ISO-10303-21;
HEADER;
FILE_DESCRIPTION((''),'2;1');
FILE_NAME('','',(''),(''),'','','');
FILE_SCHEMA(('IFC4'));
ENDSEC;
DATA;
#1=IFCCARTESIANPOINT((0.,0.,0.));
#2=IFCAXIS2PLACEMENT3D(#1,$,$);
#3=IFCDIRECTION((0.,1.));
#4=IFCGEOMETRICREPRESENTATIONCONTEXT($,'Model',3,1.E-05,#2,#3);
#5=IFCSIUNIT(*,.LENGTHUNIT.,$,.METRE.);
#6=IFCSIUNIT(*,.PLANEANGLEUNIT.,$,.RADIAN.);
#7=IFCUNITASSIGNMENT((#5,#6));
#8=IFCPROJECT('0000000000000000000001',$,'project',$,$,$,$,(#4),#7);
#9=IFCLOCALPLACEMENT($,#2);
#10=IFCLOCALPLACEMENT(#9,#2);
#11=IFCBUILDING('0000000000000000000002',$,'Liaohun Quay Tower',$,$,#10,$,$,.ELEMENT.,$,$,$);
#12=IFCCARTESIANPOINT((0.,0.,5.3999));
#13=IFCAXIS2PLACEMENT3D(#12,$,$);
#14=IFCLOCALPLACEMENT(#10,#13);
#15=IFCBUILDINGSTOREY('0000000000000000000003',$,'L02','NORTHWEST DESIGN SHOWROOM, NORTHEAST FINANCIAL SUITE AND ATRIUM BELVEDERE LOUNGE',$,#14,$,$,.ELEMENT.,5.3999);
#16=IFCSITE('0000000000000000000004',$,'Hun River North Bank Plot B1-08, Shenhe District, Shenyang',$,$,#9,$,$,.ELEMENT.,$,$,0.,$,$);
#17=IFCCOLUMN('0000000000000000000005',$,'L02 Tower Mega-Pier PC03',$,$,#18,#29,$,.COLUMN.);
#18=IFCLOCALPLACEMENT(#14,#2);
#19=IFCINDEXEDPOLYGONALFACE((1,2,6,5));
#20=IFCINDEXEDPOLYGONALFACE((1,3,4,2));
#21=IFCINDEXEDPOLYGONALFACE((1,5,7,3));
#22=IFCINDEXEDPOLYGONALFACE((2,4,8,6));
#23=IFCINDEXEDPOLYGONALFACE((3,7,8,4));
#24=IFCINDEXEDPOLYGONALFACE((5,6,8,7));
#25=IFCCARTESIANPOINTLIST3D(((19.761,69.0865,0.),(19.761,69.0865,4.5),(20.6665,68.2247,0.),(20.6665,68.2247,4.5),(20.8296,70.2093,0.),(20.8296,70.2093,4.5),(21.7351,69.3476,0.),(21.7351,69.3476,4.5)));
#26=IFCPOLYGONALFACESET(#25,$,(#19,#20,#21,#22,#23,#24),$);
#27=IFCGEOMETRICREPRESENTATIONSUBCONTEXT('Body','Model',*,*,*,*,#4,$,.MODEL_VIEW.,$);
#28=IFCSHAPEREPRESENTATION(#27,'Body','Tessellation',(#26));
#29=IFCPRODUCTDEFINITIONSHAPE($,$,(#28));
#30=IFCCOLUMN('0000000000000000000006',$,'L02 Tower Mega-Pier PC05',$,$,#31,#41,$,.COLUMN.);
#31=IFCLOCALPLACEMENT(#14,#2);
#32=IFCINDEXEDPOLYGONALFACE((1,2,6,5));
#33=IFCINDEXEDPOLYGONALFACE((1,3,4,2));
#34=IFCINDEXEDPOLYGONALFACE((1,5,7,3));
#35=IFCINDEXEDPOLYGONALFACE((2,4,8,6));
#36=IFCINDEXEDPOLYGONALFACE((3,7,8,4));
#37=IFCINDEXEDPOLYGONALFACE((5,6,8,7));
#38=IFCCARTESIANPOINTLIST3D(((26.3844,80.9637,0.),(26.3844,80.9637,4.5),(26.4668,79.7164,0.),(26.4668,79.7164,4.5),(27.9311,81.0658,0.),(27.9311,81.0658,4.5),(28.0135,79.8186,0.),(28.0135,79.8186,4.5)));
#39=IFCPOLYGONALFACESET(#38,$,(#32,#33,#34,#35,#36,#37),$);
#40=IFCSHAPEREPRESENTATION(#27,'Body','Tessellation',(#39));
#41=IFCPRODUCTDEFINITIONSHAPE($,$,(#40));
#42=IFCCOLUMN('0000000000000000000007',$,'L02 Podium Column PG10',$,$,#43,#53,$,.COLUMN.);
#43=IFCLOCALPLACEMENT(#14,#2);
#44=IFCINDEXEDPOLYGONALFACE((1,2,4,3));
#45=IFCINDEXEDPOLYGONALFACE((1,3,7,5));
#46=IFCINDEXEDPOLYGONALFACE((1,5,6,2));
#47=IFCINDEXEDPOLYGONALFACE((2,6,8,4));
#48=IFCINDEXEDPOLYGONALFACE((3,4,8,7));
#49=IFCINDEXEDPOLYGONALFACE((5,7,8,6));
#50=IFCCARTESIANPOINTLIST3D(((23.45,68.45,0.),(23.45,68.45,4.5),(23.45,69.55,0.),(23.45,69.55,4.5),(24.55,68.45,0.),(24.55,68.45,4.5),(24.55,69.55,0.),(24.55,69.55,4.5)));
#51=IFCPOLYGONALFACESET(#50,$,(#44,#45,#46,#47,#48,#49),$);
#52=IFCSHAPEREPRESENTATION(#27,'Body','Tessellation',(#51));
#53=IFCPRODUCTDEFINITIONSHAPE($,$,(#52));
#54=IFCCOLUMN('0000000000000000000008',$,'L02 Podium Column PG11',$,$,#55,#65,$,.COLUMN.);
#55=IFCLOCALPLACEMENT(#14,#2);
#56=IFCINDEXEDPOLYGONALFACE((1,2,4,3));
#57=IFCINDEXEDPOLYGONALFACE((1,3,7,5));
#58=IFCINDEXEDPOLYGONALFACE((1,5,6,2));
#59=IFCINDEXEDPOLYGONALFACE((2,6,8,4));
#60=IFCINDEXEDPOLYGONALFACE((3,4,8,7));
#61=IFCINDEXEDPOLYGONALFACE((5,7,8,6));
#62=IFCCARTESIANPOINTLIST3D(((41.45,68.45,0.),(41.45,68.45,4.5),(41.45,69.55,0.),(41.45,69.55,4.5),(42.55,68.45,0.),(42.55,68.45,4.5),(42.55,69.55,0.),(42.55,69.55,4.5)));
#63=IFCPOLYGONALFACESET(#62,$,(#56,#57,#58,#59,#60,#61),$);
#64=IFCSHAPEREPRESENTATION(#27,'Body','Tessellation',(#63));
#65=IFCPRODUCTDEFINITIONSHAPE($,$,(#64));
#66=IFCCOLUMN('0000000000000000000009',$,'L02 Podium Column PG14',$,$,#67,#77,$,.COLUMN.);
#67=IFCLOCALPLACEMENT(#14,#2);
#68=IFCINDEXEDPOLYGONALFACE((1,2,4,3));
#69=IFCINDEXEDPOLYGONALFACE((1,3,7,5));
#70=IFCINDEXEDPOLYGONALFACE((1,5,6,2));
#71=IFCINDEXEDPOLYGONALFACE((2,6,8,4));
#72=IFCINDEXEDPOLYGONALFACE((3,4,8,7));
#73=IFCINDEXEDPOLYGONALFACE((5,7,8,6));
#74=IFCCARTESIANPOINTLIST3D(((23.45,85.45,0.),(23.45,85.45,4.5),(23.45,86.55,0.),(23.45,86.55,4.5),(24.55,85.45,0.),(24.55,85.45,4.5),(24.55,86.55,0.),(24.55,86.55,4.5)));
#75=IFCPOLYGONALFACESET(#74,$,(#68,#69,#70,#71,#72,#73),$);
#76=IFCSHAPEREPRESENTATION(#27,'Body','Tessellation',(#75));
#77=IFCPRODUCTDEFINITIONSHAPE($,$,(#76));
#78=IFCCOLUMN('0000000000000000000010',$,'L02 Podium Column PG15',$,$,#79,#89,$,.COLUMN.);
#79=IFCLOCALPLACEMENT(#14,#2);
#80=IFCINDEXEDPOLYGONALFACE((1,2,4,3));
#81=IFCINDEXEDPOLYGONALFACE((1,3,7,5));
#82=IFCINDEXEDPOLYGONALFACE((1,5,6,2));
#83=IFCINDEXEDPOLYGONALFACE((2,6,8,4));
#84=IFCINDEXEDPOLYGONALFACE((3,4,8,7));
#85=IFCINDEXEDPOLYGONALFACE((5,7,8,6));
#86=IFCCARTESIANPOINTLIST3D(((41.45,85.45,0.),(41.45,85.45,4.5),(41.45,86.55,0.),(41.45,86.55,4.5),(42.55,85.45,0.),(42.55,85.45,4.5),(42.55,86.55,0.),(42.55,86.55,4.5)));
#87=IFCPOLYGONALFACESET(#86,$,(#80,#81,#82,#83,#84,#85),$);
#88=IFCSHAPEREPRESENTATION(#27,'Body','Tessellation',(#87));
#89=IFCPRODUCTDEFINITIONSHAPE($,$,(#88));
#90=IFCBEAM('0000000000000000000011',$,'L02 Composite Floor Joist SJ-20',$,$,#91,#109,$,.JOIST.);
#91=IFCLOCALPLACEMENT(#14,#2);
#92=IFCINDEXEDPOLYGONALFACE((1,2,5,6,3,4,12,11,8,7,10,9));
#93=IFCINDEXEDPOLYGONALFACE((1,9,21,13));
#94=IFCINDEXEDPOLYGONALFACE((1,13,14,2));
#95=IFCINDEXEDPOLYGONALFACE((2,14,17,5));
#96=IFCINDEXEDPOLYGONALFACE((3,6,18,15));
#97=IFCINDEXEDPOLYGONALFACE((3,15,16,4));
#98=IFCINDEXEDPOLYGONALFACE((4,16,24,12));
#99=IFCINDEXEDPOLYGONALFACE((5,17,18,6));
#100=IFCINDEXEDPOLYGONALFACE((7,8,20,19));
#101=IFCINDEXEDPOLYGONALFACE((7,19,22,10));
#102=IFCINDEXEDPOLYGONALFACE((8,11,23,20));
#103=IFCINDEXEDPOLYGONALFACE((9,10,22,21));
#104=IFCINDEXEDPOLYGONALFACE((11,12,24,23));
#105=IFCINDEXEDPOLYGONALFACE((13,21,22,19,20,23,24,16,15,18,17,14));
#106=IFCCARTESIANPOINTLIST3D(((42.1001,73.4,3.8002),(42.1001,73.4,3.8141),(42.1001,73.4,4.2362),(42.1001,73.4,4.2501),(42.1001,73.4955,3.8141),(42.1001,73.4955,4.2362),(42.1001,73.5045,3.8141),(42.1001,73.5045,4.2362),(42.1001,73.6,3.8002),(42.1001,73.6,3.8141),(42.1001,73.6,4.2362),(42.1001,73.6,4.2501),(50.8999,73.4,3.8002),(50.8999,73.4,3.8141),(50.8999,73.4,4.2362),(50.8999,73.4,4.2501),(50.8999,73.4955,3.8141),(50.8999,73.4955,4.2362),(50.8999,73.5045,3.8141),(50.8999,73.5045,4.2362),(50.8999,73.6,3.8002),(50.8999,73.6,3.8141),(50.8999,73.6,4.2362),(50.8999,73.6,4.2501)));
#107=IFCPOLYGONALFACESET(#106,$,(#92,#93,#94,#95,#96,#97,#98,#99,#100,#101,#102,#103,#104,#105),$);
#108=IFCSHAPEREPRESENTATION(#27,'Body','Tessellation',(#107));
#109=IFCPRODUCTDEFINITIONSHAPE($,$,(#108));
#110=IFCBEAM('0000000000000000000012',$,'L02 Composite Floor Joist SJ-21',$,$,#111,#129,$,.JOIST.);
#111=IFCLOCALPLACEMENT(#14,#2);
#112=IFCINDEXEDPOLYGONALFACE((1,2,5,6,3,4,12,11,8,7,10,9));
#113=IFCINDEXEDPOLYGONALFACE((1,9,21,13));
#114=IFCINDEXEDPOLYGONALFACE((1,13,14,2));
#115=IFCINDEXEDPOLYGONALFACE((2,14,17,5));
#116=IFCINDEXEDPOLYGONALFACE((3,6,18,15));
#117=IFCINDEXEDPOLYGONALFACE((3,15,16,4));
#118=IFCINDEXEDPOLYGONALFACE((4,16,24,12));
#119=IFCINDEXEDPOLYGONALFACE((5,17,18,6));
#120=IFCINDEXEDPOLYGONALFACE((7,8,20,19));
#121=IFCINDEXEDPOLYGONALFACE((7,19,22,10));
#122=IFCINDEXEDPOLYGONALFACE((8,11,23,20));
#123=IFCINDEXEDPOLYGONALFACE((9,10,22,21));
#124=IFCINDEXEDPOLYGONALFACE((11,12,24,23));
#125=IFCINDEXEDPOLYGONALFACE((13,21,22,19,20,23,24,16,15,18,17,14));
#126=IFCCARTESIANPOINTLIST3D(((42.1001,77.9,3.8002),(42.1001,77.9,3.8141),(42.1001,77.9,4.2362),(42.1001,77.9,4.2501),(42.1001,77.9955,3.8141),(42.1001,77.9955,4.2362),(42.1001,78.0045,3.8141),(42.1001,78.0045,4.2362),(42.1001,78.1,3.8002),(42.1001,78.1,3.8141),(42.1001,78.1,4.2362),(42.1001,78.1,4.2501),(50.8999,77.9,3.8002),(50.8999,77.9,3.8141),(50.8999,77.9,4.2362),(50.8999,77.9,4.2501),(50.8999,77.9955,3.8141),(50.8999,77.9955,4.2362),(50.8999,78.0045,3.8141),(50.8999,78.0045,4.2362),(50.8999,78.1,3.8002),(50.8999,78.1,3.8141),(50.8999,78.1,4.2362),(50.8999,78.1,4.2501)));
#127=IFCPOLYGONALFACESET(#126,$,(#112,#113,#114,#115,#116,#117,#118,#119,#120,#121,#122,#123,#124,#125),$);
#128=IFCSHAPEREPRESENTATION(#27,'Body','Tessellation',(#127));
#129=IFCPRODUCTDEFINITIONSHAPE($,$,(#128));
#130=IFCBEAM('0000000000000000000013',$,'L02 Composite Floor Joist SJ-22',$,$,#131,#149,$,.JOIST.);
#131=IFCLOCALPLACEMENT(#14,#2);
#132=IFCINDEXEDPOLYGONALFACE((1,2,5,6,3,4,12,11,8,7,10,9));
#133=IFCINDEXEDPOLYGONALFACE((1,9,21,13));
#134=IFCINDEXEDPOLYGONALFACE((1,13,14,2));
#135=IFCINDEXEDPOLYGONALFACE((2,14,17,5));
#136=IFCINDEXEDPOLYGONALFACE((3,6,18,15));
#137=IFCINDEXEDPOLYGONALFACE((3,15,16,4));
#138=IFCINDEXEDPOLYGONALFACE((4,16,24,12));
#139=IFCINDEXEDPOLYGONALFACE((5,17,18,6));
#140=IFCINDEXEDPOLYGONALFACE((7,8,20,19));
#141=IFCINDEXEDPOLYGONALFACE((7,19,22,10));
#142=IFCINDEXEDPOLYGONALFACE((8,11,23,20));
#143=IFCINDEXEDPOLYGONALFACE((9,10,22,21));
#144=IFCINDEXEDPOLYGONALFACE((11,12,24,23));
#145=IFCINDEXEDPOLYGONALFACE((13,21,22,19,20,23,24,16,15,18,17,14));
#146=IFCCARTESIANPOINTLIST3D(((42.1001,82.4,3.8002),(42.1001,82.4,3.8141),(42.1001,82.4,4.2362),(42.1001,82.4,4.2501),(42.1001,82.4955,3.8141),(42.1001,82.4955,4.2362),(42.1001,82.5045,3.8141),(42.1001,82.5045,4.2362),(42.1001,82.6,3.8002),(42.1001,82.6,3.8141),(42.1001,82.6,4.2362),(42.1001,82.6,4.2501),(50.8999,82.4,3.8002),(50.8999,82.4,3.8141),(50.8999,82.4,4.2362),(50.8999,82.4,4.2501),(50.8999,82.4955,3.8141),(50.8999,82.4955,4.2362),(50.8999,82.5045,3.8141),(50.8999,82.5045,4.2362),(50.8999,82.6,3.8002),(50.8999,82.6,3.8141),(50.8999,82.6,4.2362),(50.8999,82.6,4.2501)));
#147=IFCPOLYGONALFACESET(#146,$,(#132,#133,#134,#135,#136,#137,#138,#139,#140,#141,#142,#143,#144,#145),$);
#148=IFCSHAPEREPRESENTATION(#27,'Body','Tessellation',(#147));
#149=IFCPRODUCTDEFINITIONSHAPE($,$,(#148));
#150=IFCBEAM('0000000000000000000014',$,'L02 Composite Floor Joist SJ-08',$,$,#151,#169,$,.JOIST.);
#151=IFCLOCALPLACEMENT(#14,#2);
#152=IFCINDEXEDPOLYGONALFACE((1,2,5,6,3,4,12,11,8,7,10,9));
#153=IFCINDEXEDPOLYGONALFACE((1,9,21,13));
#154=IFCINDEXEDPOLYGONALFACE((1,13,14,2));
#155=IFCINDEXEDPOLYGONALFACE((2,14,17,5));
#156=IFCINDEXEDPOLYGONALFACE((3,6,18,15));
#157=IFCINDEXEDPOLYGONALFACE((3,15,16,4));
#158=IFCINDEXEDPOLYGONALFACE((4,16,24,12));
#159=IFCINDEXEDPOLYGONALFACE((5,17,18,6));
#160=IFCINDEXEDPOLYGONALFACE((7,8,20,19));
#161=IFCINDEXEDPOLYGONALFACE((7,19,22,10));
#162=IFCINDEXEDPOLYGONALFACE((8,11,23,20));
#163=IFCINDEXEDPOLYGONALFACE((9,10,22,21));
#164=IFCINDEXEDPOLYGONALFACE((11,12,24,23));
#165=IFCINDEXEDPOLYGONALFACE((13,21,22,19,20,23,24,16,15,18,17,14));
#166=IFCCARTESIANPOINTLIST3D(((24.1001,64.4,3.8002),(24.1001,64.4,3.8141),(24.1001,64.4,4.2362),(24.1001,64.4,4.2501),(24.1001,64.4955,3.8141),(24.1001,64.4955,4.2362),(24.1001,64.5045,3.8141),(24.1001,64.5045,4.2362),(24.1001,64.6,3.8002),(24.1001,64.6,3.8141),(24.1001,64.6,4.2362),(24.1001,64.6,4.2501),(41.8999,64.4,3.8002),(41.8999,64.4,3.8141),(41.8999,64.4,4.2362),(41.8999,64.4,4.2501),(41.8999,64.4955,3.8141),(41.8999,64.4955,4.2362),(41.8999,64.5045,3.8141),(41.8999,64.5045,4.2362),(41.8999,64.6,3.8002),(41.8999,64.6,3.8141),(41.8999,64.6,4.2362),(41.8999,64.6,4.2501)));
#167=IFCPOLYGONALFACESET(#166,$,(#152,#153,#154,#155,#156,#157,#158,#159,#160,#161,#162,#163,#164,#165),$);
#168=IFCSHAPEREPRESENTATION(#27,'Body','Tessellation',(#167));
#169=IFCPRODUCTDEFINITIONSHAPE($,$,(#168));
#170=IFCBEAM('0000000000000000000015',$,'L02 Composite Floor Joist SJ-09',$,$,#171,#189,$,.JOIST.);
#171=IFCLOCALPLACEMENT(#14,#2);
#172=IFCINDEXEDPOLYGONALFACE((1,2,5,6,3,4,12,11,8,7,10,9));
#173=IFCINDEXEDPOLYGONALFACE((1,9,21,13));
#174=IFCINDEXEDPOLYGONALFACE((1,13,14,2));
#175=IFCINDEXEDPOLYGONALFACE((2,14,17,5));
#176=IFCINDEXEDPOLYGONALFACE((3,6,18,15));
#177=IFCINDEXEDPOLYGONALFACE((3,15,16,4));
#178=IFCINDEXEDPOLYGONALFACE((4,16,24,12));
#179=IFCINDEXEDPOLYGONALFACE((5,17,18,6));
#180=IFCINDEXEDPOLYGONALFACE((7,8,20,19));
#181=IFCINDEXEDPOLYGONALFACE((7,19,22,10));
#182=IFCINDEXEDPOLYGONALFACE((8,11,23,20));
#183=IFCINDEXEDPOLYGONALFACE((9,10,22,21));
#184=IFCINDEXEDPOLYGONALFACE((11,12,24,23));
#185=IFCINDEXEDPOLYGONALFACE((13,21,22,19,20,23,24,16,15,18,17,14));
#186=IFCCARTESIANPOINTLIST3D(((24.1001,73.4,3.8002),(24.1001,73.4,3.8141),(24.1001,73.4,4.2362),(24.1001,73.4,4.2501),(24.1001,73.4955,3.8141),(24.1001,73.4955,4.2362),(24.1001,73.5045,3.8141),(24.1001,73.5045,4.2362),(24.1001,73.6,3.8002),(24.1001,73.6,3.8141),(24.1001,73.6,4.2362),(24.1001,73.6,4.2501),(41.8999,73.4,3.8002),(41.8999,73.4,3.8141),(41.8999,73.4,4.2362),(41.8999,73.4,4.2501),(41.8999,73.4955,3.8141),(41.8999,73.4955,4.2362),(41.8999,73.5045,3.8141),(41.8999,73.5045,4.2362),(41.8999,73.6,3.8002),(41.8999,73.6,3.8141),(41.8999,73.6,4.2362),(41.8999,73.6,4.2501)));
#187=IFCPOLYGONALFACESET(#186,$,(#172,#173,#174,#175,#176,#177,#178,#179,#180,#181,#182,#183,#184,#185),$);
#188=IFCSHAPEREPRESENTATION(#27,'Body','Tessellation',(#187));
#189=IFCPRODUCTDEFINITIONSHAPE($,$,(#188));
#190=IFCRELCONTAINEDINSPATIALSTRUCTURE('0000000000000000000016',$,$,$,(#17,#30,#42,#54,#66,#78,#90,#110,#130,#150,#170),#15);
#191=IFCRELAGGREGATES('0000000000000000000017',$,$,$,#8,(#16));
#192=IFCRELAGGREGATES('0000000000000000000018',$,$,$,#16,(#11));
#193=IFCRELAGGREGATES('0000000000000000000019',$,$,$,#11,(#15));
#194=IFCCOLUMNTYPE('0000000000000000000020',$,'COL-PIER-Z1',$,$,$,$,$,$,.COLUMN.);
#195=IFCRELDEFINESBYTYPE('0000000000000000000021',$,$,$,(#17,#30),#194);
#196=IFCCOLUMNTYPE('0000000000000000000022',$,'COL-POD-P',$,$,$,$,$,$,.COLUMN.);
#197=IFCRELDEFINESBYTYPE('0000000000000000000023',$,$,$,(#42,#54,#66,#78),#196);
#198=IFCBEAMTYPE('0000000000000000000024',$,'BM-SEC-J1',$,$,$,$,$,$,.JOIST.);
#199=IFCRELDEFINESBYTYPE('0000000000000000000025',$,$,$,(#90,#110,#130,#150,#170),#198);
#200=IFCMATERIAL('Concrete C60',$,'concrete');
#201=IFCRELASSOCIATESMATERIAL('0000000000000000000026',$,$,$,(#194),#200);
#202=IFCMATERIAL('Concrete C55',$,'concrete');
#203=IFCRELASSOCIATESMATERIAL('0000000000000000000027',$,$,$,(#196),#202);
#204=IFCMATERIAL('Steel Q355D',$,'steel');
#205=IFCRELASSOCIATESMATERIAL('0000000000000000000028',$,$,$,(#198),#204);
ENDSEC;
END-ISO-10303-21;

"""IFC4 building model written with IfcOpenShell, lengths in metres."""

from ifc_helpers import new_model, si_unit, direction, frame, origin, origin_2d, place, context, subcontext, project, spatial, rectangle, i_section, extrude, source, transform, mapped, material, material_profile, profile_set, type_object, element, save


model = new_model("IFC4")

# Units and contexts
model_context = context("Model", 3, precision=1e-05, world=origin(), true_north=direction((0.0, 1.0)))
body_context = subcontext(model_context, "Body", "Model", "MODEL_VIEW")
ifc_project = project(units=[si_unit("LENGTHUNIT", "METRE"), si_unit("PLANEANGLEUNIT", "RADIAN")], contexts=[model_context])

# Site, building, storey
site_placement = place(None, origin())
site = spatial("IfcSite", under=ifc_project, at=site_placement, Name="Hun River North Bank Plot B1-08, Shenhe District, Shenyang", CompositionType="ELEMENT", RefElevation=0.0)
building_placement = place(site_placement, origin())
building = spatial("IfcBuilding", under=site, at=building_placement, Name="Liaohun Quay Tower", CompositionType="ELEMENT")
storey_placement = place(building_placement, frame((0.0, 0.0, 5.3999)))
storey = spatial("IfcBuildingStorey", under=building, at=storey_placement, Name="L02", Description="NORTHWEST DESIGN SHOWROOM, NORTHEAST FINANCIAL SUITE AND ATRIUM BELVEDERE LOUNGE", CompositionType="ELEMENT", Elevation=5.3999)

# Columns
ifc_material_1 = material(Name="Concrete C60", Category="concrete")
ifc_material_profile_1 = material_profile(ifc_material_1, rectangle(XDim=1.55, YDim=1.25, at=origin_2d()), Name="RC1550x1250")
ifc_profile_set_1 = profile_set([ifc_material_profile_1], Name="Concrete C60")
column_type_1 = type_object("IfcColumnType", Name="COL-PIER-Z1", PredefinedType="COLUMN", material=ifc_profile_set_1)
shared_shape_1 = source(origin(), body_context, "Body", "SweptSolid", [
    extrude(rectangle(XDim=1.55, YDim=1.25, at=origin_2d()), origin(), (0.0, 0.0, 1.0), 4.5),
])
for number, where, z_axis, x_axis, name in (
    (1, (20.748, 69.217, 0.0), (0.0, 0.0, 1.0), (0.689367, 0.724413, 0.0), "L02 Tower Mega-Pier PC03"),
    (2, (27.199, 80.3911, 0.0), (0.0, 0.0, 1.0), (0.997825, 0.065926, 0.0), "L02 Tower Mega-Pier PC05"),
):
    element("IfcColumn", number, at=place(storey_placement, frame(where, z_axis=z_axis, x_axis=x_axis)), inside=storey, type_object=column_type_1, Name=name, PredefinedType="COLUMN", context=body_context, shape_type="MappedRepresentation", body=[
        mapped(shared_shape_1, transform((0.0, 0.0, 0.0), x_axis=(1.0, 0.0, 0.0), y_axis=(0.0, 1.0, 0.0), z_axis=(0.0, 0.0, 1.0), scale=1.0)),
    ])
ifc_material_2 = material(Name="Concrete C55", Category="concrete")
ifc_material_profile_2 = material_profile(ifc_material_2, rectangle(XDim=1.1001, YDim=1.1001, at=origin_2d()), Name="RC1100x1100")
ifc_profile_set_2 = profile_set([ifc_material_profile_2], Name="Concrete C55")
column_type_2 = type_object("IfcColumnType", Name="COL-POD-P", PredefinedType="COLUMN", material=ifc_profile_set_2)
shared_shape_2 = source(origin(), body_context, "Body", "SweptSolid", [
    extrude(rectangle(XDim=1.1001, YDim=1.1001, at=origin_2d()), origin(), (0.0, 0.0, 1.0), 4.5),
])
for number, where, z_axis, x_axis, name in (
    (3, (24.0, 69.0, 0.0), (0.0, 0.0, 1.0), (1.0, 0.0, 0.0), "L02 Podium Column PG10"),
    (4, (42.0, 69.0, 0.0), (0.0, 0.0, 1.0), (1.0, 0.0, 0.0), "L02 Podium Column PG11"),
    (5, (24.0, 86.0, 0.0), (0.0, 0.0, 1.0), (1.0, 0.0, 0.0), "L02 Podium Column PG14"),
    (6, (42.0, 86.0, 0.0), (0.0, 0.0, 1.0), (1.0, 0.0, 0.0), "L02 Podium Column PG15"),
):
    element("IfcColumn", number, at=place(storey_placement, frame(where, z_axis=z_axis, x_axis=x_axis)), inside=storey, type_object=column_type_2, Name=name, PredefinedType="COLUMN", context=body_context, shape_type="MappedRepresentation", body=[
        mapped(shared_shape_2, transform((0.0, 0.0, 0.0), x_axis=(1.0, 0.0, 0.0), y_axis=(0.0, 1.0, 0.0), z_axis=(0.0, 0.0, 1.0), scale=1.0)),
    ])

# Beams
ifc_material_3 = material(Name="Steel Q355D", Category="steel")
ifc_material_profile_3 = material_profile(ifc_material_3, i_section(OverallWidth=0.2, OverallDepth=0.45, WebThickness=0.009, FlangeThickness=0.0139, at=origin_2d()), Name="HN450x200x9x14")
ifc_profile_set_3 = profile_set([ifc_material_profile_3], Name="Steel Q355D")
beam_type_1 = type_object("IfcBeamType", Name="BM-SEC-J1", PredefinedType="JOIST", material=ifc_profile_set_3)
shared_shape_3 = source(origin(), body_context, "Body", "SweptSolid", [
    extrude(i_section(OverallWidth=0.2, OverallDepth=0.45, WebThickness=0.009, FlangeThickness=0.0139, at=origin_2d()), origin(), (0.0, 0.0, 1.0), 8.7998),
])
for number, where, z_axis, x_axis, name in (
    (7, (42.1001, 73.5, 4.0251), (1.0, 0.0, 0.0), (0.0, 1.0, 0.0), "L02 Composite Floor Joist SJ-20"),
    (8, (42.1001, 78.0, 4.0251), (1.0, 0.0, 0.0), (0.0, 1.0, 0.0), "L02 Composite Floor Joist SJ-21"),
    (9, (42.1001, 82.5, 4.0251), (1.0, 0.0, 0.0), (0.0, 1.0, 0.0), "L02 Composite Floor Joist SJ-22"),
):
    element("IfcBeam", number, at=place(storey_placement, frame(where, z_axis=z_axis, x_axis=x_axis)), inside=storey, type_object=beam_type_1, Name=name, PredefinedType="JOIST", context=body_context, shape_type="MappedRepresentation", body=[
        mapped(shared_shape_3, transform((0.0, 0.0, 0.0), x_axis=(1.0, 0.0, 0.0), y_axis=(0.0, 1.0, 0.0), z_axis=(0.0, 0.0, 1.0), scale=1.0)),
    ])
shared_shape_4 = source(origin(), body_context, "Body", "SweptSolid", [
    extrude(i_section(OverallWidth=0.2, OverallDepth=0.45, WebThickness=0.009, FlangeThickness=0.0139, at=origin_2d()), origin(), (0.0, 0.0, 1.0), 17.7998),
])
for number, where, z_axis, x_axis, name in (
    (10, (24.1001, 64.5, 4.0251), (1.0, 0.0, 0.0), (0.0, 1.0, 0.0), "L02 Composite Floor Joist SJ-08"),
    (11, (24.1001, 73.5, 4.0251), (1.0, 0.0, 0.0), (0.0, 1.0, 0.0), "L02 Composite Floor Joist SJ-09"),
):
    element("IfcBeam", number, at=place(storey_placement, frame(where, z_axis=z_axis, x_axis=x_axis)), inside=storey, type_object=beam_type_1, Name=name, PredefinedType="JOIST", context=body_context, shape_type="MappedRepresentation", body=[
        mapped(shared_shape_4, transform((0.0, 0.0, 0.0), x_axis=(1.0, 0.0, 0.0), y_axis=(0.0, 1.0, 0.0), z_axis=(0.0, 0.0, 1.0), scale=1.0)),
    ])

save(model, "model.ifc")
